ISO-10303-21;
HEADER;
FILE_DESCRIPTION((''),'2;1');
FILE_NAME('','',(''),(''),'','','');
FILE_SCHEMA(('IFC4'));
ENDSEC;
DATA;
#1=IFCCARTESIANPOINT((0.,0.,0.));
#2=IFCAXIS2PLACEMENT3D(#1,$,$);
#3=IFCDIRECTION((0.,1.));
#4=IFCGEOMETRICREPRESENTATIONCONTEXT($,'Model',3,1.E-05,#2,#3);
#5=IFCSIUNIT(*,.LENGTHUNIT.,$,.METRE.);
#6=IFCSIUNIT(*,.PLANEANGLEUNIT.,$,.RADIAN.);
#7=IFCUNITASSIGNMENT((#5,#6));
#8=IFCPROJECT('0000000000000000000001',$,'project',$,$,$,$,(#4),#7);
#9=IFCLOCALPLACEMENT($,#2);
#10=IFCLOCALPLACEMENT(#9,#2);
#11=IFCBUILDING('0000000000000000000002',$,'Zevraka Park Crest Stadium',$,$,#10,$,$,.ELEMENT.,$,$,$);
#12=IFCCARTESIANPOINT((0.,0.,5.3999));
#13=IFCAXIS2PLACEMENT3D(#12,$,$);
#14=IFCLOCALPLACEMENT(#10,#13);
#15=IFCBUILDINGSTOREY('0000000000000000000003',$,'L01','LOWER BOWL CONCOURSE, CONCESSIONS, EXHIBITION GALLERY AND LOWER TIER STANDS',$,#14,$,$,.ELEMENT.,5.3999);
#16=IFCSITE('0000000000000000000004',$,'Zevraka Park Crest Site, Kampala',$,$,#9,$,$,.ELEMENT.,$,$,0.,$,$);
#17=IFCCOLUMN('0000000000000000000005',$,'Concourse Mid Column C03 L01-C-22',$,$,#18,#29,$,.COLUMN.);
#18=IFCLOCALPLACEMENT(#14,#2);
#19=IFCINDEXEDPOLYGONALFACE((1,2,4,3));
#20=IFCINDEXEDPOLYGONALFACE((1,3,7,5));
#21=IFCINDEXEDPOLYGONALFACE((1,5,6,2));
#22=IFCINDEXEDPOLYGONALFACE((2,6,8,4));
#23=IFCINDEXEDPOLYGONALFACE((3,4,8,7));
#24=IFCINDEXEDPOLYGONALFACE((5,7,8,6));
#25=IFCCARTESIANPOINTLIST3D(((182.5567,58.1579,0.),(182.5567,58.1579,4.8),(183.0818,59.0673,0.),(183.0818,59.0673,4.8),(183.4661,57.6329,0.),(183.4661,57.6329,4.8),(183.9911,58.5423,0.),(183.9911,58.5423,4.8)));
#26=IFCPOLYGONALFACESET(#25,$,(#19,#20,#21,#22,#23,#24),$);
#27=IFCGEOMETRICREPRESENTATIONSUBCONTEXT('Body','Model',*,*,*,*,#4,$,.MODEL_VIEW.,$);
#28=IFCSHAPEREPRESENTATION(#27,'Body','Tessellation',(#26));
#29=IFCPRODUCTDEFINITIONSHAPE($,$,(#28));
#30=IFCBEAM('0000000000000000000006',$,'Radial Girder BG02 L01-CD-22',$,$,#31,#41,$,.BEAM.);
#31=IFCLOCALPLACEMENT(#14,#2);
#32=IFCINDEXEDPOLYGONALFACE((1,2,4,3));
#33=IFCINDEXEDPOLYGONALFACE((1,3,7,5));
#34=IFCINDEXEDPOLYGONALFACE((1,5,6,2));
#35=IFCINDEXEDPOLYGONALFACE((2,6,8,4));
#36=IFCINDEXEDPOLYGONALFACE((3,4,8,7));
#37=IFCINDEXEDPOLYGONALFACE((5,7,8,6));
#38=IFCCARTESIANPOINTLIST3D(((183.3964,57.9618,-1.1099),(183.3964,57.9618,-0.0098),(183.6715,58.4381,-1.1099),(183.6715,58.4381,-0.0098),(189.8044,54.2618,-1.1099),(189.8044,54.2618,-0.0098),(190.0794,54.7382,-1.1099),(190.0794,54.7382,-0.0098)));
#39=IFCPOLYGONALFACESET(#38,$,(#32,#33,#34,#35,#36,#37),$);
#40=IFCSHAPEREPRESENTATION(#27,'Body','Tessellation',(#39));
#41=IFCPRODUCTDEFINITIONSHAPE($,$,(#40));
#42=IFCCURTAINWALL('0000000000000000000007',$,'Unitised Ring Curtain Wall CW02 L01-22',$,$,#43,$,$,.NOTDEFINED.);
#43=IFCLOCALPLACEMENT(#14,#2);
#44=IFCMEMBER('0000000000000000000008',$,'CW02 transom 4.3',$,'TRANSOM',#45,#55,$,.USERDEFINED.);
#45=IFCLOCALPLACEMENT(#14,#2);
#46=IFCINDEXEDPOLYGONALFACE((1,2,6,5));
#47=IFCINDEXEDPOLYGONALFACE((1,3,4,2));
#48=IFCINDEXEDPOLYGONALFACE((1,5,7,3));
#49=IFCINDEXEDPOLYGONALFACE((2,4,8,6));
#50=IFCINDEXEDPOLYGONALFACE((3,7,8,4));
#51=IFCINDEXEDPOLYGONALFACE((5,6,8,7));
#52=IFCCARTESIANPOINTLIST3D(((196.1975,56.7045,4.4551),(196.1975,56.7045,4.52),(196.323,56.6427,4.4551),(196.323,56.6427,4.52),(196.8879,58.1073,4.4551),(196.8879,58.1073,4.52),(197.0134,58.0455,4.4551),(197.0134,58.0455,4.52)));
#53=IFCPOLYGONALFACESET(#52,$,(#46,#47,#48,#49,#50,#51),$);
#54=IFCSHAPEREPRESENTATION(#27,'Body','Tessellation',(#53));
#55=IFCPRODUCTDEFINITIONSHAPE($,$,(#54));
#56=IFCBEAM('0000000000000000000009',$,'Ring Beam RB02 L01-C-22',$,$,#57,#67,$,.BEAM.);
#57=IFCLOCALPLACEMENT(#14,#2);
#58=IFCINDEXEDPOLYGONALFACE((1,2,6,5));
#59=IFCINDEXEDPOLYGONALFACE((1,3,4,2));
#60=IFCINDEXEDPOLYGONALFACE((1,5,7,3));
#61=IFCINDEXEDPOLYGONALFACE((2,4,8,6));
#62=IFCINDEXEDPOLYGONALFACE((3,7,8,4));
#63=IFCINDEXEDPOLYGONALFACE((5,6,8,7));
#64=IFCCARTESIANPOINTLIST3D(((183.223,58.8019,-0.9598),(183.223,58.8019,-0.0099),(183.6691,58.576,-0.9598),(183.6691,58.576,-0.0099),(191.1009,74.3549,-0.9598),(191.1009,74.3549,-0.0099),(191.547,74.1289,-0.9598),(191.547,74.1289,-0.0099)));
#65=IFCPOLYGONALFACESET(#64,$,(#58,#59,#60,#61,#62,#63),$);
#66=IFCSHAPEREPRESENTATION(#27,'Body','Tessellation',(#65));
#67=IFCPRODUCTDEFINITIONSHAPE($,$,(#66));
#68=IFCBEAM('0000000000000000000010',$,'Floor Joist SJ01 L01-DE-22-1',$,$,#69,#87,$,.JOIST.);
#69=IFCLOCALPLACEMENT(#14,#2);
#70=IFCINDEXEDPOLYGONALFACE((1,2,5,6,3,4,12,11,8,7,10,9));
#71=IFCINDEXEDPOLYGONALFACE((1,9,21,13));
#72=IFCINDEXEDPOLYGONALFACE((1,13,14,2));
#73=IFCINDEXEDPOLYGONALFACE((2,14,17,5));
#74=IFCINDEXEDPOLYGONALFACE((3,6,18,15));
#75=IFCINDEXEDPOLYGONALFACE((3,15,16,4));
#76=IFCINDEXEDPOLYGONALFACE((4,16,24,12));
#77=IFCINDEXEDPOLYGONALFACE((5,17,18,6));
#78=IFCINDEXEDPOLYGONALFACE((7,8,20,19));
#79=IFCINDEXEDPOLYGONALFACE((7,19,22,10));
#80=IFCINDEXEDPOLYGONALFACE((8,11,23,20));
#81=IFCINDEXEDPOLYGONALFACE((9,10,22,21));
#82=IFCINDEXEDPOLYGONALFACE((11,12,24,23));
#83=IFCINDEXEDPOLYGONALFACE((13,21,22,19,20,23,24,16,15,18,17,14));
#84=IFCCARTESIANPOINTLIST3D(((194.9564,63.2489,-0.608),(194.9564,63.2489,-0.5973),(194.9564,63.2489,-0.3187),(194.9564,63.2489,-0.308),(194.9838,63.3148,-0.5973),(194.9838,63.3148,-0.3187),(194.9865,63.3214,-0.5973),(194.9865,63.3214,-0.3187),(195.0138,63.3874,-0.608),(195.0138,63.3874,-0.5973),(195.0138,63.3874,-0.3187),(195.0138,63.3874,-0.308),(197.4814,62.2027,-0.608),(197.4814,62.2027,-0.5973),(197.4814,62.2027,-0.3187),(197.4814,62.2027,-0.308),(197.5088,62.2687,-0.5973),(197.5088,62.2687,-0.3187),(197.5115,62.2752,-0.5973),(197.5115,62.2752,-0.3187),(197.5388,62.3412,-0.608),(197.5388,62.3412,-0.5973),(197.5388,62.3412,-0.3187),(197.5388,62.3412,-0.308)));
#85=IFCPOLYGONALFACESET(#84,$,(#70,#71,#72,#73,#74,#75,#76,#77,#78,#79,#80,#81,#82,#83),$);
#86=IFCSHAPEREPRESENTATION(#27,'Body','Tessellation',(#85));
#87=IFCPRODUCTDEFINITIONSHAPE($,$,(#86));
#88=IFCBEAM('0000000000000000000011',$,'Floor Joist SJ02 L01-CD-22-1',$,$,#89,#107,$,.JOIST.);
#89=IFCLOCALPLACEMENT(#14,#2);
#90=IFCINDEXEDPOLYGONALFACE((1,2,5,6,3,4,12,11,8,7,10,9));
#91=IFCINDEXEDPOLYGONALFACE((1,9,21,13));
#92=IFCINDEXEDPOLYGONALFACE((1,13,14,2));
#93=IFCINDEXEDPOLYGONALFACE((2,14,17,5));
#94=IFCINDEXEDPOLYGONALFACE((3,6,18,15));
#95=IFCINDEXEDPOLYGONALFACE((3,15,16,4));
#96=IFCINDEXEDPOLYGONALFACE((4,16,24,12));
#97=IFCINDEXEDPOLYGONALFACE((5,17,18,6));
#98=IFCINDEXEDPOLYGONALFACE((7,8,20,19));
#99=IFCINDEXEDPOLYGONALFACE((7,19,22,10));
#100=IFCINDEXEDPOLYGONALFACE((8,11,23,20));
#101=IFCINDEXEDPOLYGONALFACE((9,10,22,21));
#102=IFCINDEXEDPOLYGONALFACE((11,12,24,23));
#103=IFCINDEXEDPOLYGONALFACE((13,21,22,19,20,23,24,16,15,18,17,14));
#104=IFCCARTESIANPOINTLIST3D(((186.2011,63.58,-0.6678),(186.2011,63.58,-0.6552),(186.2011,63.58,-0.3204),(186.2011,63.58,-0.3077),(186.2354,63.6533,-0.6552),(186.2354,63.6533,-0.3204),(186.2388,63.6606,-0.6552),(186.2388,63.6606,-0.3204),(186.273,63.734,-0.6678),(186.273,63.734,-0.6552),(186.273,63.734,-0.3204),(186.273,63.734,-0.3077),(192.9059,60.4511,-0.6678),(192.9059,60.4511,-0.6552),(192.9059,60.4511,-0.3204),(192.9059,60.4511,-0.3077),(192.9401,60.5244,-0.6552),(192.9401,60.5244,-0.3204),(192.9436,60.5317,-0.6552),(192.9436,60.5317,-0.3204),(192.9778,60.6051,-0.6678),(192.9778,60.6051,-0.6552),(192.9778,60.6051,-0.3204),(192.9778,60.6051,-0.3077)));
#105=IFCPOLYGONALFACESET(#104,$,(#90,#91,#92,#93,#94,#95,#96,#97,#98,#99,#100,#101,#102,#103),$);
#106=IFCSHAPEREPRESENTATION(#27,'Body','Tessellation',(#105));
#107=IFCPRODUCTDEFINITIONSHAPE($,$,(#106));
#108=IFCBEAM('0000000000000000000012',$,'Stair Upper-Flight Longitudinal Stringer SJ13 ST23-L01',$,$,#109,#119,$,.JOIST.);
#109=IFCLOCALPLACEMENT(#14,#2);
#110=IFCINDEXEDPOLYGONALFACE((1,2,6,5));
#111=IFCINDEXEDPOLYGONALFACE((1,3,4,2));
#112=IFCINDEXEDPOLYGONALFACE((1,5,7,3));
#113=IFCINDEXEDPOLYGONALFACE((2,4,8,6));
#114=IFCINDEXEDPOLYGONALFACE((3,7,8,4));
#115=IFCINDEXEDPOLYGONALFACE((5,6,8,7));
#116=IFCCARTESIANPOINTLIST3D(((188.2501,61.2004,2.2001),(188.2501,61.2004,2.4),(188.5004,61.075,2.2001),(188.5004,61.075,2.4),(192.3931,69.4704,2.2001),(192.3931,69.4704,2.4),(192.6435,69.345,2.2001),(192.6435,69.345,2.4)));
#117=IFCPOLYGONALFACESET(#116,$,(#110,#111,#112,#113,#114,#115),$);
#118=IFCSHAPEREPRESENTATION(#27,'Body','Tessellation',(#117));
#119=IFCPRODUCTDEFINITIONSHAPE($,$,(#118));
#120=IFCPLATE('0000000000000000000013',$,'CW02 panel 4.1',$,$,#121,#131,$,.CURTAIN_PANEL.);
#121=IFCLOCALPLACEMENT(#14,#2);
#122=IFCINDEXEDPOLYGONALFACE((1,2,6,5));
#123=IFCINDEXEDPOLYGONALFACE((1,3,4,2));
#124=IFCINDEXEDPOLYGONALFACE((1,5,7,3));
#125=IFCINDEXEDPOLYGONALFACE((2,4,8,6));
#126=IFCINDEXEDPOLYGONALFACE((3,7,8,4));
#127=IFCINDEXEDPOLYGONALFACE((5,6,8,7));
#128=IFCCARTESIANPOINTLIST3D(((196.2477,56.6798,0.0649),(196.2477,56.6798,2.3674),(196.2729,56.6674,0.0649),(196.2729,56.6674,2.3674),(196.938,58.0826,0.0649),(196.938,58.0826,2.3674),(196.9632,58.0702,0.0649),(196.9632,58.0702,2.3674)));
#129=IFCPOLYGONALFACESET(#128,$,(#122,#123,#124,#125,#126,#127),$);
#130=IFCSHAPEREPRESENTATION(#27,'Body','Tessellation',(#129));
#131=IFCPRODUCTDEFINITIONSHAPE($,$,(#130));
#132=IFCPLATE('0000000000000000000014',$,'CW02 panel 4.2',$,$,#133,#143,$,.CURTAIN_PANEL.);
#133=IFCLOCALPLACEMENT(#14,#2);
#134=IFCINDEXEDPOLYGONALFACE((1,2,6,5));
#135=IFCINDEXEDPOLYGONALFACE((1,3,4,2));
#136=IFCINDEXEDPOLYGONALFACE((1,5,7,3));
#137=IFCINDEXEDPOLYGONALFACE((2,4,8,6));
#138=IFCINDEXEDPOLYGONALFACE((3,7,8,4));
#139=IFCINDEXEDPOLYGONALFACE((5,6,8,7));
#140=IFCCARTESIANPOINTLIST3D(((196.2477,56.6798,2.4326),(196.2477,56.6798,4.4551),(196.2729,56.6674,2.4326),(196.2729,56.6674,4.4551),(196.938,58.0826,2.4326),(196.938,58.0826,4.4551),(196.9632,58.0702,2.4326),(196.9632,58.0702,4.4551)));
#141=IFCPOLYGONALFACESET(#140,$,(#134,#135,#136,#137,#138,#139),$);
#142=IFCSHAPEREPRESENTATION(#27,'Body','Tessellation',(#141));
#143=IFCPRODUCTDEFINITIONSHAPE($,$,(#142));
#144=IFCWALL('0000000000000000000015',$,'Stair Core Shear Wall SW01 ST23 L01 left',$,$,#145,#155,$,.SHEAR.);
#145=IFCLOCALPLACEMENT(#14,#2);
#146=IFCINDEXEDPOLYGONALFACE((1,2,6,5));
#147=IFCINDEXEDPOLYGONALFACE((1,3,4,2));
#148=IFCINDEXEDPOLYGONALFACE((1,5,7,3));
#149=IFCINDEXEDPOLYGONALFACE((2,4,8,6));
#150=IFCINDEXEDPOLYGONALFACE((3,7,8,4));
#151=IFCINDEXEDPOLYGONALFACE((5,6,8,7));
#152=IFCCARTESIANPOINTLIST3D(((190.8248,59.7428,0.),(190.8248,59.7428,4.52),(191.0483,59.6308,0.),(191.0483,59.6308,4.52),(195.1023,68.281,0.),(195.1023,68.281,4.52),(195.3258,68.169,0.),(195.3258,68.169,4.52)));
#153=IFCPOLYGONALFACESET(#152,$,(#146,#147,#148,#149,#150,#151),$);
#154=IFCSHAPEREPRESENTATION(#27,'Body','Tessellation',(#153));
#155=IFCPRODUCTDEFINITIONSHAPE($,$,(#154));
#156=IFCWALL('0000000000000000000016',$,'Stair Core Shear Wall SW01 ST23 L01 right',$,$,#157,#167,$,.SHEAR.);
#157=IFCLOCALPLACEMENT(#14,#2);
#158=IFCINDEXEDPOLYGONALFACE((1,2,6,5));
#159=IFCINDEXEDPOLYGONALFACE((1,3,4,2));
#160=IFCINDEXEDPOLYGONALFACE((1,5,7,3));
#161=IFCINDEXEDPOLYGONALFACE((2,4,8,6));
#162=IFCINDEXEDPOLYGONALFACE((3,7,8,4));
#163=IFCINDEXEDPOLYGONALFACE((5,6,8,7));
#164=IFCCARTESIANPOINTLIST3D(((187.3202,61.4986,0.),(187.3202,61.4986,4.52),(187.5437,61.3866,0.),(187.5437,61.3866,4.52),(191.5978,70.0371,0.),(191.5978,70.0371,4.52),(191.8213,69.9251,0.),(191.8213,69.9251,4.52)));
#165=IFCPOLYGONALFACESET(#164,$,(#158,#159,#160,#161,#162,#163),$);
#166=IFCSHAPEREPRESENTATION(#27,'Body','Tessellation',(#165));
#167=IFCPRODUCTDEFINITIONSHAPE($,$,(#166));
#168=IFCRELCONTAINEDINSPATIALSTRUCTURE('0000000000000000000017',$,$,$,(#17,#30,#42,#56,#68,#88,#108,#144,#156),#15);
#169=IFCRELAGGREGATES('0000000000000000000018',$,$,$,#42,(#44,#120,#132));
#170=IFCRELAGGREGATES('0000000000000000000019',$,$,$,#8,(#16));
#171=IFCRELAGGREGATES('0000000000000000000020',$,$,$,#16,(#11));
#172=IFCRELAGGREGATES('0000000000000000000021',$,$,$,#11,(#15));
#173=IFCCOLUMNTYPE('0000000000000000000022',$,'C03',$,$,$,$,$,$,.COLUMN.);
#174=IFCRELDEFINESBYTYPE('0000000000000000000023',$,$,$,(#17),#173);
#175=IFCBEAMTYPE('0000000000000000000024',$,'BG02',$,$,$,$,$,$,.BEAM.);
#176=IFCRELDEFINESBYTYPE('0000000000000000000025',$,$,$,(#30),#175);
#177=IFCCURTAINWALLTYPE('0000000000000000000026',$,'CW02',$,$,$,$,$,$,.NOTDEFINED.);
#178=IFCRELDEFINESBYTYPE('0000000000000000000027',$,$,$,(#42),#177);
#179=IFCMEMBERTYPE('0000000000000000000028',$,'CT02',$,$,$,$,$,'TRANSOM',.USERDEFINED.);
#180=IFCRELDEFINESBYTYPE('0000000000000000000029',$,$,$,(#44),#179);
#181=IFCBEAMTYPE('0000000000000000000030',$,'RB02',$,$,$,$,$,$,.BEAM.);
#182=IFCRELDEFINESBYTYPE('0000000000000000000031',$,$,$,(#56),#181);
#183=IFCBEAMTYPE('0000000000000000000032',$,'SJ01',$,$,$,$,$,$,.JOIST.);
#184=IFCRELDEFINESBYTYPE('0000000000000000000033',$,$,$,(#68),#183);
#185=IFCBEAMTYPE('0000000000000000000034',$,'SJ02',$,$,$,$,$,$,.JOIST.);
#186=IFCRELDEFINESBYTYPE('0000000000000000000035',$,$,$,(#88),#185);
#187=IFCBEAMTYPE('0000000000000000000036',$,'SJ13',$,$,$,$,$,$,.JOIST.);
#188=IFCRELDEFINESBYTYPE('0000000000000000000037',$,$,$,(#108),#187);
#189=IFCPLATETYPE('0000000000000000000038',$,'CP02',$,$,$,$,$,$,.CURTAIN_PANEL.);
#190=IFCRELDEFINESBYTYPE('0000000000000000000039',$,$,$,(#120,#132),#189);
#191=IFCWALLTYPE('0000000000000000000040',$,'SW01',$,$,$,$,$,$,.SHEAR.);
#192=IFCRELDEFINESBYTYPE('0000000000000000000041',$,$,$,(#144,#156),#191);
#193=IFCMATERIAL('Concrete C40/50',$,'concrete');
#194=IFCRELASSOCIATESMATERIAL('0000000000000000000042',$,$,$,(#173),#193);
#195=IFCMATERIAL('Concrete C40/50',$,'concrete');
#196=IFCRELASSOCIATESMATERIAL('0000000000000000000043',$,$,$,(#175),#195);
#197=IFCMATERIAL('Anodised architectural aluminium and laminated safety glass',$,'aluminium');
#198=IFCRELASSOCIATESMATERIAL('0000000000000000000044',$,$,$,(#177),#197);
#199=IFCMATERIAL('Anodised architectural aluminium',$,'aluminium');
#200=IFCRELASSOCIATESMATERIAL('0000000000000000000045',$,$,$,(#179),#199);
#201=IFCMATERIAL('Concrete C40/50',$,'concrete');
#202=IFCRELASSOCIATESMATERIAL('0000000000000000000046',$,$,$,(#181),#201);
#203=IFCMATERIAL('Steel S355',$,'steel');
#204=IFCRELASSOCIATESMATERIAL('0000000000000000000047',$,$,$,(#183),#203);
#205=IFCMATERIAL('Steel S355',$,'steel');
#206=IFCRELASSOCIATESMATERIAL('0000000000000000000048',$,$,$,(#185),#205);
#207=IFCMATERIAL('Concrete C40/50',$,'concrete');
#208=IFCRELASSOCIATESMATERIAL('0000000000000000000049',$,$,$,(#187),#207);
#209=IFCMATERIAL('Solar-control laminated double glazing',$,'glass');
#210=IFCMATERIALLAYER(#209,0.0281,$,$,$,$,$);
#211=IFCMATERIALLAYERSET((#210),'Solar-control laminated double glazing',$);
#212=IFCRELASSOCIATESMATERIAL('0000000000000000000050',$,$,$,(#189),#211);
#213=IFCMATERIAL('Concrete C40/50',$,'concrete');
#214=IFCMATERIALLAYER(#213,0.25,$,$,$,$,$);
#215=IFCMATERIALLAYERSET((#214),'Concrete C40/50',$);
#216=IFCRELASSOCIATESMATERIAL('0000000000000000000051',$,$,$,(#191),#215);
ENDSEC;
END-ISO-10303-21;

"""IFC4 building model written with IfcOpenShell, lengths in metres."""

from ifc_helpers import new_model, si_unit, direction, frame, frame_2d, origin, origin_2d, place, context, subcontext, project, spatial, rectangle, i_section, extrude, material, layer, layer_set, material_profile, profile_set, type_object, element, aggregate, save


model = new_model("IFC4")

# Units and contexts
model_context = context("Model", 3, precision=1e-05, world=origin(), true_north=direction((0.0, 1.0)))
body_context = subcontext(model_context, "Body", "Model", "MODEL_VIEW")
ifc_project = project(units=[si_unit("LENGTHUNIT", "METRE"), si_unit("PLANEANGLEUNIT", "RADIAN")], contexts=[model_context])

# Site, building, storey
site_placement = place(None, origin())
site = spatial("IfcSite", under=ifc_project, at=site_placement, Name="Zevraka Park Crest Site, Kampala", CompositionType="ELEMENT", RefElevation=0.0)
building_placement = place(site_placement, origin())
building = spatial("IfcBuilding", under=site, at=building_placement, Name="Zevraka Park Crest Stadium", CompositionType="ELEMENT")
storey_placement = place(building_placement, frame((0.0, 0.0, 5.3999)))
storey = spatial("IfcBuildingStorey", under=building, at=storey_placement, Name="L01", Description="LOWER BOWL CONCOURSE, CONCESSIONS, EXHIBITION GALLERY AND LOWER TIER STANDS", CompositionType="ELEMENT", Elevation=5.3999)

# Column
ifc_material_1 = material(Name="Concrete C40/50", Category="concrete")
ifc_material_profile_1 = material_profile(ifc_material_1, rectangle(XDim=1.05, YDim=1.05, at=origin_2d()), Name="RC 1050x1050")
ifc_profile_set_1 = profile_set([ifc_material_profile_1], Name="Concrete C40/50")
column_type = type_object("IfcColumnType", Name="C03", PredefinedType="COLUMN", material=ifc_profile_set_1)
column_placement = place(storey_placement, frame((183.2739, 58.3501, 0.0), z_axis=(0.0, 0.0, 1.0), x_axis=(-0.866025, 0.5, 0.0)))
element("IfcColumn", 1, at=column_placement, inside=storey, type_object=column_type, Name="Concourse Mid Column C03 L01-C-22", PredefinedType="COLUMN", context=body_context, shape_type="SweptSolid", body=[
    extrude(rectangle(XDim=1.05, YDim=1.05, at=origin_2d()), origin(), (0.0, 0.0, 1.0), 4.8),
])

# Beam
ifc_material_2 = material(Name="Concrete C40/50", Category="concrete")
ifc_material_profile_2 = material_profile(ifc_material_2, rectangle(XDim=0.55, YDim=1.1001, at=origin_2d()), Name="RC 1100x550")
ifc_profile_set_2 = profile_set([ifc_material_profile_2], Name="Concrete C40/50")
beam_type_1 = type_object("IfcBeamType", Name="BG02", PredefinedType="BEAM", material=ifc_profile_set_2)
beam_1_placement = place(storey_placement, frame((183.5339, 58.2, -0.5598), z_axis=(0.866007, -0.500032, 0.0), x_axis=(0.500032, 0.866007, 0.0)))
element("IfcBeam", 2, at=beam_1_placement, inside=storey, type_object=beam_type_1, Name="Radial Girder BG02 L01-CD-22", PredefinedType="BEAM", context=body_context, shape_type="SweptSolid", body=[
    extrude(rectangle(XDim=0.55, YDim=1.1001, at=origin_2d()), origin(), (0.0, 0.0, 1.0), 7.3994),
])

# Curtain wall, member
ifc_material_3 = material(Name="Anodised architectural aluminium and laminated safety glass", Category="aluminium")
curtain_wall_type = type_object("IfcCurtainWallType", Name="CW02", PredefinedType="NOTDEFINED", material=ifc_material_3)
curtain_wall_placement = place(storey_placement, origin())
curtain_wall = element("IfcCurtainWall", 3, at=curtain_wall_placement, inside=storey, type_object=curtain_wall_type, Name="Unitised Ring Curtain Wall CW02 L01-22", PredefinedType="NOTDEFINED")
ifc_material_4 = material(Name="Anodised architectural aluminium", Category="aluminium")
ifc_material_profile_3 = material_profile(ifc_material_4, rectangle(XDim=0.1399, YDim=0.0649, at=origin_2d()), Name="ALU TRANSOM 140x65")
ifc_profile_set_3 = profile_set([ifc_material_profile_3], Name="Anodised architectural aluminium")
member_type = type_object("IfcMemberType", Name="CT02", ElementType="TRANSOM", PredefinedType="USERDEFINED", material=ifc_profile_set_3)
member_placement = place(storey_placement, frame((196.2603, 56.6736, 4.4875), z_axis=(0.441583, 0.89722, 0.0), x_axis=(-0.89722, 0.441583, 0.0)))
member = element("IfcMember", 4, at=member_placement, type_object=member_type, Name="CW02 transom 4.3", ObjectType="TRANSOM", PredefinedType="USERDEFINED", context=body_context, shape_type="SweptSolid", body=[
    extrude(rectangle(XDim=0.1399, YDim=0.0649, at=origin_2d()), origin(), (0.0, 0.0, 1.0), 1.5635),
])

# Beams
ifc_material_5 = material(Name="Concrete C40/50", Category="concrete")
ifc_material_profile_4 = material_profile(ifc_material_5, rectangle(XDim=0.5, YDim=0.95, at=origin_2d()), Name="RC 950x500")
ifc_profile_set_4 = profile_set([ifc_material_profile_4], Name="Concrete C40/50")
beam_type_2 = type_object("IfcBeamType", Name="RB02", PredefinedType="BEAM", material=ifc_profile_set_4)
beam_2_placement = place(storey_placement, frame((183.446, 58.689, -0.4849), z_axis=(0.451862, 0.892088, 0.0), x_axis=(-0.892088, 0.451862, 0.0)))
element("IfcBeam", 5, at=beam_2_placement, inside=storey, type_object=beam_type_2, Name="Ring Beam RB02 L01-C-22", PredefinedType="BEAM", context=body_context, shape_type="SweptSolid", body=[
    extrude(rectangle(XDim=0.5, YDim=0.95, at=origin_2d()), origin(), (0.0, 0.0, 1.0), 17.4343),
])
ifc_material_6 = material(Name="Steel S355", Category="steel")
ifc_material_profile_5 = material_profile(ifc_material_6, i_section(OverallWidth=0.1499, OverallDepth=0.3, WebThickness=0.0071, FlangeThickness=0.0107, at=origin_2d()), Name="IPE 300")
ifc_profile_set_5 = profile_set([ifc_material_profile_5], Name="Steel S355")
beam_type_3 = type_object("IfcBeamType", Name="SJ01", PredefinedType="JOIST", material=ifc_profile_set_5)
beam_3_placement = place(storey_placement, frame((194.9851, 63.3181, -0.458), z_axis=(0.923842, -0.382775, 0.0), x_axis=(0.382775, 0.923842, 0.0)))
element("IfcBeam", 6, at=beam_3_placement, inside=storey, type_object=beam_type_3, Name="Floor Joist SJ01 L01-DE-22-1", PredefinedType="JOIST", context=body_context, shape_type="SweptSolid", body=[
    extrude(i_section(OverallWidth=0.1499, OverallDepth=0.3, WebThickness=0.0071, FlangeThickness=0.0107, at=origin_2d()), origin(), (0.0, 0.0, 1.0), 2.7332),
])
ifc_material_7 = material(Name="Steel S355", Category="steel")
ifc_material_profile_6 = material_profile(ifc_material_7, i_section(OverallWidth=0.1699, OverallDepth=0.3601, WebThickness=0.0081, FlangeThickness=0.0127, at=origin_2d()), Name="IPE 360")
ifc_profile_set_6 = profile_set([ifc_material_profile_6], Name="Steel S355")
beam_type_4 = type_object("IfcBeamType", Name="SJ02", PredefinedType="JOIST", material=ifc_profile_set_6)
beam_4_placement = place(storey_placement, frame((186.2371, 63.657, -0.4878), z_axis=(0.906184, -0.422884, 0.0), x_axis=(0.422884, 0.906184, 0.0)))
element("IfcBeam", 7, at=beam_4_placement, inside=storey, type_object=beam_type_4, Name="Floor Joist SJ02 L01-CD-22-1", PredefinedType="JOIST", context=body_context, shape_type="SweptSolid", body=[
    extrude(i_section(OverallWidth=0.1699, OverallDepth=0.3601, WebThickness=0.0081, FlangeThickness=0.0127, at=origin_2d()), origin(), (0.0, 0.0, 1.0), 7.3989),
])
ifc_material_8 = material(Name="Concrete C40/50", Category="concrete")
ifc_material_profile_7 = material_profile(ifc_material_8, rectangle(XDim=0.28, YDim=0.2, at=origin_2d()), Name="RC 200x280")
ifc_profile_set_7 = profile_set([ifc_material_profile_7], Name="Concrete C40/50")
beam_type_5 = type_object("IfcBeamType", Name="SJ13", PredefinedType="JOIST", material=ifc_profile_set_7)
beam_5_placement = place(storey_placement, frame((188.3752, 61.1377, 2.3), z_axis=(0.44791, 0.894079, 0.0), x_axis=(-0.894079, 0.44791, 0.0)))
element("IfcBeam", 8, at=beam_5_placement, inside=storey, type_object=beam_type_5, Name="Stair Upper-Flight Longitudinal Stringer SJ13 ST23-L01", PredefinedType="JOIST", context=body_context, shape_type="SweptSolid", body=[
    extrude(rectangle(XDim=0.28, YDim=0.2, at=origin_2d()), origin(), (0.0, 0.0, 1.0), 9.2498),
])

# Plates
ifc_material_9 = material(Name="Solar-control laminated double glazing", Category="glass")
ifc_layer_1 = layer(ifc_material_9, 0.0281)
ifc_layer_set_1 = layer_set([ifc_layer_1], Name="Solar-control laminated double glazing")
plate_type = type_object("IfcPlateType", Name="CP02", PredefinedType="CURTAIN_PANEL", material=ifc_layer_set_1)
plate_1_placement = place(storey_placement, frame((196.6055, 57.375, 0.0649), z_axis=(0.0, 0.0, 1.0), x_axis=(0.441517, 0.897253, 0.0)))
plate_1 = element("IfcPlate", 9, at=plate_1_placement, type_object=plate_type, Name="CW02 panel 4.1", PredefinedType="CURTAIN_PANEL", context=body_context, shape_type="SweptSolid", body=[
    extrude(rectangle(XDim=1.5635, YDim=0.0281, at=origin_2d()), origin(), (0.0, 0.0, 1.0), 2.3025),
])
plate_2_placement = place(storey_placement, frame((196.6055, 57.375, 2.4326), z_axis=(0.0, 0.0, 1.0), x_axis=(0.441517, 0.897253, 0.0)))
plate_2 = element("IfcPlate", 10, at=plate_2_placement, type_object=plate_type, Name="CW02 panel 4.2", PredefinedType="CURTAIN_PANEL", context=body_context, shape_type="SweptSolid", body=[
    extrude(rectangle(XDim=1.5635, YDim=0.0281, at=origin_2d()), origin(), (0.0, 0.0, 1.0), 2.0225),
])
aggregate(curtain_wall, [member, plate_1, plate_2])

# Walls
ifc_material_10 = material(Name="Concrete C40/50", Category="concrete")
ifc_layer_2 = layer(ifc_material_10, 0.25)
ifc_layer_set_2 = layer_set([ifc_layer_2], Name="Concrete C40/50")
wall_type = type_object("IfcWallType", Name="SW01", PredefinedType="SHEAR", material=ifc_layer_set_2)
wall_1_placement = place(storey_placement, frame((190.9365, 59.6868, 0.0), z_axis=(0.0, 0.0, 1.0), x_axis=(0.447919, 0.894074, 0.0)))
element("IfcWall", 11, at=wall_1_placement, inside=storey, type_object=wall_type, Name="Stair Core Shear Wall SW01 ST23 L01 left", PredefinedType="SHEAR", context=body_context, shape_type="SweptSolid", body=[
    extrude(rectangle(XDim=9.5498, YDim=0.25, at=frame_2d((4.7749, 0.0))), origin(), (0.0, 0.0, 1.0), 4.52),
])
wall_2_placement = place(storey_placement, frame((191.7095, 69.981, 0.0), z_axis=(0.0, 0.0, 1.0), x_axis=(-0.447909, -0.894079, 0.0)))
element("IfcWall", 12, at=wall_2_placement, inside=storey, type_object=wall_type, Name="Stair Core Shear Wall SW01 ST23 L01 right", PredefinedType="SHEAR", context=body_context, shape_type="SweptSolid", body=[
    extrude(rectangle(XDim=9.55, YDim=0.25, at=frame_2d((4.7749, 0.0))), origin(), (0.0, 0.0, 1.0), 4.52),
])

save(model, "model.ifc")
